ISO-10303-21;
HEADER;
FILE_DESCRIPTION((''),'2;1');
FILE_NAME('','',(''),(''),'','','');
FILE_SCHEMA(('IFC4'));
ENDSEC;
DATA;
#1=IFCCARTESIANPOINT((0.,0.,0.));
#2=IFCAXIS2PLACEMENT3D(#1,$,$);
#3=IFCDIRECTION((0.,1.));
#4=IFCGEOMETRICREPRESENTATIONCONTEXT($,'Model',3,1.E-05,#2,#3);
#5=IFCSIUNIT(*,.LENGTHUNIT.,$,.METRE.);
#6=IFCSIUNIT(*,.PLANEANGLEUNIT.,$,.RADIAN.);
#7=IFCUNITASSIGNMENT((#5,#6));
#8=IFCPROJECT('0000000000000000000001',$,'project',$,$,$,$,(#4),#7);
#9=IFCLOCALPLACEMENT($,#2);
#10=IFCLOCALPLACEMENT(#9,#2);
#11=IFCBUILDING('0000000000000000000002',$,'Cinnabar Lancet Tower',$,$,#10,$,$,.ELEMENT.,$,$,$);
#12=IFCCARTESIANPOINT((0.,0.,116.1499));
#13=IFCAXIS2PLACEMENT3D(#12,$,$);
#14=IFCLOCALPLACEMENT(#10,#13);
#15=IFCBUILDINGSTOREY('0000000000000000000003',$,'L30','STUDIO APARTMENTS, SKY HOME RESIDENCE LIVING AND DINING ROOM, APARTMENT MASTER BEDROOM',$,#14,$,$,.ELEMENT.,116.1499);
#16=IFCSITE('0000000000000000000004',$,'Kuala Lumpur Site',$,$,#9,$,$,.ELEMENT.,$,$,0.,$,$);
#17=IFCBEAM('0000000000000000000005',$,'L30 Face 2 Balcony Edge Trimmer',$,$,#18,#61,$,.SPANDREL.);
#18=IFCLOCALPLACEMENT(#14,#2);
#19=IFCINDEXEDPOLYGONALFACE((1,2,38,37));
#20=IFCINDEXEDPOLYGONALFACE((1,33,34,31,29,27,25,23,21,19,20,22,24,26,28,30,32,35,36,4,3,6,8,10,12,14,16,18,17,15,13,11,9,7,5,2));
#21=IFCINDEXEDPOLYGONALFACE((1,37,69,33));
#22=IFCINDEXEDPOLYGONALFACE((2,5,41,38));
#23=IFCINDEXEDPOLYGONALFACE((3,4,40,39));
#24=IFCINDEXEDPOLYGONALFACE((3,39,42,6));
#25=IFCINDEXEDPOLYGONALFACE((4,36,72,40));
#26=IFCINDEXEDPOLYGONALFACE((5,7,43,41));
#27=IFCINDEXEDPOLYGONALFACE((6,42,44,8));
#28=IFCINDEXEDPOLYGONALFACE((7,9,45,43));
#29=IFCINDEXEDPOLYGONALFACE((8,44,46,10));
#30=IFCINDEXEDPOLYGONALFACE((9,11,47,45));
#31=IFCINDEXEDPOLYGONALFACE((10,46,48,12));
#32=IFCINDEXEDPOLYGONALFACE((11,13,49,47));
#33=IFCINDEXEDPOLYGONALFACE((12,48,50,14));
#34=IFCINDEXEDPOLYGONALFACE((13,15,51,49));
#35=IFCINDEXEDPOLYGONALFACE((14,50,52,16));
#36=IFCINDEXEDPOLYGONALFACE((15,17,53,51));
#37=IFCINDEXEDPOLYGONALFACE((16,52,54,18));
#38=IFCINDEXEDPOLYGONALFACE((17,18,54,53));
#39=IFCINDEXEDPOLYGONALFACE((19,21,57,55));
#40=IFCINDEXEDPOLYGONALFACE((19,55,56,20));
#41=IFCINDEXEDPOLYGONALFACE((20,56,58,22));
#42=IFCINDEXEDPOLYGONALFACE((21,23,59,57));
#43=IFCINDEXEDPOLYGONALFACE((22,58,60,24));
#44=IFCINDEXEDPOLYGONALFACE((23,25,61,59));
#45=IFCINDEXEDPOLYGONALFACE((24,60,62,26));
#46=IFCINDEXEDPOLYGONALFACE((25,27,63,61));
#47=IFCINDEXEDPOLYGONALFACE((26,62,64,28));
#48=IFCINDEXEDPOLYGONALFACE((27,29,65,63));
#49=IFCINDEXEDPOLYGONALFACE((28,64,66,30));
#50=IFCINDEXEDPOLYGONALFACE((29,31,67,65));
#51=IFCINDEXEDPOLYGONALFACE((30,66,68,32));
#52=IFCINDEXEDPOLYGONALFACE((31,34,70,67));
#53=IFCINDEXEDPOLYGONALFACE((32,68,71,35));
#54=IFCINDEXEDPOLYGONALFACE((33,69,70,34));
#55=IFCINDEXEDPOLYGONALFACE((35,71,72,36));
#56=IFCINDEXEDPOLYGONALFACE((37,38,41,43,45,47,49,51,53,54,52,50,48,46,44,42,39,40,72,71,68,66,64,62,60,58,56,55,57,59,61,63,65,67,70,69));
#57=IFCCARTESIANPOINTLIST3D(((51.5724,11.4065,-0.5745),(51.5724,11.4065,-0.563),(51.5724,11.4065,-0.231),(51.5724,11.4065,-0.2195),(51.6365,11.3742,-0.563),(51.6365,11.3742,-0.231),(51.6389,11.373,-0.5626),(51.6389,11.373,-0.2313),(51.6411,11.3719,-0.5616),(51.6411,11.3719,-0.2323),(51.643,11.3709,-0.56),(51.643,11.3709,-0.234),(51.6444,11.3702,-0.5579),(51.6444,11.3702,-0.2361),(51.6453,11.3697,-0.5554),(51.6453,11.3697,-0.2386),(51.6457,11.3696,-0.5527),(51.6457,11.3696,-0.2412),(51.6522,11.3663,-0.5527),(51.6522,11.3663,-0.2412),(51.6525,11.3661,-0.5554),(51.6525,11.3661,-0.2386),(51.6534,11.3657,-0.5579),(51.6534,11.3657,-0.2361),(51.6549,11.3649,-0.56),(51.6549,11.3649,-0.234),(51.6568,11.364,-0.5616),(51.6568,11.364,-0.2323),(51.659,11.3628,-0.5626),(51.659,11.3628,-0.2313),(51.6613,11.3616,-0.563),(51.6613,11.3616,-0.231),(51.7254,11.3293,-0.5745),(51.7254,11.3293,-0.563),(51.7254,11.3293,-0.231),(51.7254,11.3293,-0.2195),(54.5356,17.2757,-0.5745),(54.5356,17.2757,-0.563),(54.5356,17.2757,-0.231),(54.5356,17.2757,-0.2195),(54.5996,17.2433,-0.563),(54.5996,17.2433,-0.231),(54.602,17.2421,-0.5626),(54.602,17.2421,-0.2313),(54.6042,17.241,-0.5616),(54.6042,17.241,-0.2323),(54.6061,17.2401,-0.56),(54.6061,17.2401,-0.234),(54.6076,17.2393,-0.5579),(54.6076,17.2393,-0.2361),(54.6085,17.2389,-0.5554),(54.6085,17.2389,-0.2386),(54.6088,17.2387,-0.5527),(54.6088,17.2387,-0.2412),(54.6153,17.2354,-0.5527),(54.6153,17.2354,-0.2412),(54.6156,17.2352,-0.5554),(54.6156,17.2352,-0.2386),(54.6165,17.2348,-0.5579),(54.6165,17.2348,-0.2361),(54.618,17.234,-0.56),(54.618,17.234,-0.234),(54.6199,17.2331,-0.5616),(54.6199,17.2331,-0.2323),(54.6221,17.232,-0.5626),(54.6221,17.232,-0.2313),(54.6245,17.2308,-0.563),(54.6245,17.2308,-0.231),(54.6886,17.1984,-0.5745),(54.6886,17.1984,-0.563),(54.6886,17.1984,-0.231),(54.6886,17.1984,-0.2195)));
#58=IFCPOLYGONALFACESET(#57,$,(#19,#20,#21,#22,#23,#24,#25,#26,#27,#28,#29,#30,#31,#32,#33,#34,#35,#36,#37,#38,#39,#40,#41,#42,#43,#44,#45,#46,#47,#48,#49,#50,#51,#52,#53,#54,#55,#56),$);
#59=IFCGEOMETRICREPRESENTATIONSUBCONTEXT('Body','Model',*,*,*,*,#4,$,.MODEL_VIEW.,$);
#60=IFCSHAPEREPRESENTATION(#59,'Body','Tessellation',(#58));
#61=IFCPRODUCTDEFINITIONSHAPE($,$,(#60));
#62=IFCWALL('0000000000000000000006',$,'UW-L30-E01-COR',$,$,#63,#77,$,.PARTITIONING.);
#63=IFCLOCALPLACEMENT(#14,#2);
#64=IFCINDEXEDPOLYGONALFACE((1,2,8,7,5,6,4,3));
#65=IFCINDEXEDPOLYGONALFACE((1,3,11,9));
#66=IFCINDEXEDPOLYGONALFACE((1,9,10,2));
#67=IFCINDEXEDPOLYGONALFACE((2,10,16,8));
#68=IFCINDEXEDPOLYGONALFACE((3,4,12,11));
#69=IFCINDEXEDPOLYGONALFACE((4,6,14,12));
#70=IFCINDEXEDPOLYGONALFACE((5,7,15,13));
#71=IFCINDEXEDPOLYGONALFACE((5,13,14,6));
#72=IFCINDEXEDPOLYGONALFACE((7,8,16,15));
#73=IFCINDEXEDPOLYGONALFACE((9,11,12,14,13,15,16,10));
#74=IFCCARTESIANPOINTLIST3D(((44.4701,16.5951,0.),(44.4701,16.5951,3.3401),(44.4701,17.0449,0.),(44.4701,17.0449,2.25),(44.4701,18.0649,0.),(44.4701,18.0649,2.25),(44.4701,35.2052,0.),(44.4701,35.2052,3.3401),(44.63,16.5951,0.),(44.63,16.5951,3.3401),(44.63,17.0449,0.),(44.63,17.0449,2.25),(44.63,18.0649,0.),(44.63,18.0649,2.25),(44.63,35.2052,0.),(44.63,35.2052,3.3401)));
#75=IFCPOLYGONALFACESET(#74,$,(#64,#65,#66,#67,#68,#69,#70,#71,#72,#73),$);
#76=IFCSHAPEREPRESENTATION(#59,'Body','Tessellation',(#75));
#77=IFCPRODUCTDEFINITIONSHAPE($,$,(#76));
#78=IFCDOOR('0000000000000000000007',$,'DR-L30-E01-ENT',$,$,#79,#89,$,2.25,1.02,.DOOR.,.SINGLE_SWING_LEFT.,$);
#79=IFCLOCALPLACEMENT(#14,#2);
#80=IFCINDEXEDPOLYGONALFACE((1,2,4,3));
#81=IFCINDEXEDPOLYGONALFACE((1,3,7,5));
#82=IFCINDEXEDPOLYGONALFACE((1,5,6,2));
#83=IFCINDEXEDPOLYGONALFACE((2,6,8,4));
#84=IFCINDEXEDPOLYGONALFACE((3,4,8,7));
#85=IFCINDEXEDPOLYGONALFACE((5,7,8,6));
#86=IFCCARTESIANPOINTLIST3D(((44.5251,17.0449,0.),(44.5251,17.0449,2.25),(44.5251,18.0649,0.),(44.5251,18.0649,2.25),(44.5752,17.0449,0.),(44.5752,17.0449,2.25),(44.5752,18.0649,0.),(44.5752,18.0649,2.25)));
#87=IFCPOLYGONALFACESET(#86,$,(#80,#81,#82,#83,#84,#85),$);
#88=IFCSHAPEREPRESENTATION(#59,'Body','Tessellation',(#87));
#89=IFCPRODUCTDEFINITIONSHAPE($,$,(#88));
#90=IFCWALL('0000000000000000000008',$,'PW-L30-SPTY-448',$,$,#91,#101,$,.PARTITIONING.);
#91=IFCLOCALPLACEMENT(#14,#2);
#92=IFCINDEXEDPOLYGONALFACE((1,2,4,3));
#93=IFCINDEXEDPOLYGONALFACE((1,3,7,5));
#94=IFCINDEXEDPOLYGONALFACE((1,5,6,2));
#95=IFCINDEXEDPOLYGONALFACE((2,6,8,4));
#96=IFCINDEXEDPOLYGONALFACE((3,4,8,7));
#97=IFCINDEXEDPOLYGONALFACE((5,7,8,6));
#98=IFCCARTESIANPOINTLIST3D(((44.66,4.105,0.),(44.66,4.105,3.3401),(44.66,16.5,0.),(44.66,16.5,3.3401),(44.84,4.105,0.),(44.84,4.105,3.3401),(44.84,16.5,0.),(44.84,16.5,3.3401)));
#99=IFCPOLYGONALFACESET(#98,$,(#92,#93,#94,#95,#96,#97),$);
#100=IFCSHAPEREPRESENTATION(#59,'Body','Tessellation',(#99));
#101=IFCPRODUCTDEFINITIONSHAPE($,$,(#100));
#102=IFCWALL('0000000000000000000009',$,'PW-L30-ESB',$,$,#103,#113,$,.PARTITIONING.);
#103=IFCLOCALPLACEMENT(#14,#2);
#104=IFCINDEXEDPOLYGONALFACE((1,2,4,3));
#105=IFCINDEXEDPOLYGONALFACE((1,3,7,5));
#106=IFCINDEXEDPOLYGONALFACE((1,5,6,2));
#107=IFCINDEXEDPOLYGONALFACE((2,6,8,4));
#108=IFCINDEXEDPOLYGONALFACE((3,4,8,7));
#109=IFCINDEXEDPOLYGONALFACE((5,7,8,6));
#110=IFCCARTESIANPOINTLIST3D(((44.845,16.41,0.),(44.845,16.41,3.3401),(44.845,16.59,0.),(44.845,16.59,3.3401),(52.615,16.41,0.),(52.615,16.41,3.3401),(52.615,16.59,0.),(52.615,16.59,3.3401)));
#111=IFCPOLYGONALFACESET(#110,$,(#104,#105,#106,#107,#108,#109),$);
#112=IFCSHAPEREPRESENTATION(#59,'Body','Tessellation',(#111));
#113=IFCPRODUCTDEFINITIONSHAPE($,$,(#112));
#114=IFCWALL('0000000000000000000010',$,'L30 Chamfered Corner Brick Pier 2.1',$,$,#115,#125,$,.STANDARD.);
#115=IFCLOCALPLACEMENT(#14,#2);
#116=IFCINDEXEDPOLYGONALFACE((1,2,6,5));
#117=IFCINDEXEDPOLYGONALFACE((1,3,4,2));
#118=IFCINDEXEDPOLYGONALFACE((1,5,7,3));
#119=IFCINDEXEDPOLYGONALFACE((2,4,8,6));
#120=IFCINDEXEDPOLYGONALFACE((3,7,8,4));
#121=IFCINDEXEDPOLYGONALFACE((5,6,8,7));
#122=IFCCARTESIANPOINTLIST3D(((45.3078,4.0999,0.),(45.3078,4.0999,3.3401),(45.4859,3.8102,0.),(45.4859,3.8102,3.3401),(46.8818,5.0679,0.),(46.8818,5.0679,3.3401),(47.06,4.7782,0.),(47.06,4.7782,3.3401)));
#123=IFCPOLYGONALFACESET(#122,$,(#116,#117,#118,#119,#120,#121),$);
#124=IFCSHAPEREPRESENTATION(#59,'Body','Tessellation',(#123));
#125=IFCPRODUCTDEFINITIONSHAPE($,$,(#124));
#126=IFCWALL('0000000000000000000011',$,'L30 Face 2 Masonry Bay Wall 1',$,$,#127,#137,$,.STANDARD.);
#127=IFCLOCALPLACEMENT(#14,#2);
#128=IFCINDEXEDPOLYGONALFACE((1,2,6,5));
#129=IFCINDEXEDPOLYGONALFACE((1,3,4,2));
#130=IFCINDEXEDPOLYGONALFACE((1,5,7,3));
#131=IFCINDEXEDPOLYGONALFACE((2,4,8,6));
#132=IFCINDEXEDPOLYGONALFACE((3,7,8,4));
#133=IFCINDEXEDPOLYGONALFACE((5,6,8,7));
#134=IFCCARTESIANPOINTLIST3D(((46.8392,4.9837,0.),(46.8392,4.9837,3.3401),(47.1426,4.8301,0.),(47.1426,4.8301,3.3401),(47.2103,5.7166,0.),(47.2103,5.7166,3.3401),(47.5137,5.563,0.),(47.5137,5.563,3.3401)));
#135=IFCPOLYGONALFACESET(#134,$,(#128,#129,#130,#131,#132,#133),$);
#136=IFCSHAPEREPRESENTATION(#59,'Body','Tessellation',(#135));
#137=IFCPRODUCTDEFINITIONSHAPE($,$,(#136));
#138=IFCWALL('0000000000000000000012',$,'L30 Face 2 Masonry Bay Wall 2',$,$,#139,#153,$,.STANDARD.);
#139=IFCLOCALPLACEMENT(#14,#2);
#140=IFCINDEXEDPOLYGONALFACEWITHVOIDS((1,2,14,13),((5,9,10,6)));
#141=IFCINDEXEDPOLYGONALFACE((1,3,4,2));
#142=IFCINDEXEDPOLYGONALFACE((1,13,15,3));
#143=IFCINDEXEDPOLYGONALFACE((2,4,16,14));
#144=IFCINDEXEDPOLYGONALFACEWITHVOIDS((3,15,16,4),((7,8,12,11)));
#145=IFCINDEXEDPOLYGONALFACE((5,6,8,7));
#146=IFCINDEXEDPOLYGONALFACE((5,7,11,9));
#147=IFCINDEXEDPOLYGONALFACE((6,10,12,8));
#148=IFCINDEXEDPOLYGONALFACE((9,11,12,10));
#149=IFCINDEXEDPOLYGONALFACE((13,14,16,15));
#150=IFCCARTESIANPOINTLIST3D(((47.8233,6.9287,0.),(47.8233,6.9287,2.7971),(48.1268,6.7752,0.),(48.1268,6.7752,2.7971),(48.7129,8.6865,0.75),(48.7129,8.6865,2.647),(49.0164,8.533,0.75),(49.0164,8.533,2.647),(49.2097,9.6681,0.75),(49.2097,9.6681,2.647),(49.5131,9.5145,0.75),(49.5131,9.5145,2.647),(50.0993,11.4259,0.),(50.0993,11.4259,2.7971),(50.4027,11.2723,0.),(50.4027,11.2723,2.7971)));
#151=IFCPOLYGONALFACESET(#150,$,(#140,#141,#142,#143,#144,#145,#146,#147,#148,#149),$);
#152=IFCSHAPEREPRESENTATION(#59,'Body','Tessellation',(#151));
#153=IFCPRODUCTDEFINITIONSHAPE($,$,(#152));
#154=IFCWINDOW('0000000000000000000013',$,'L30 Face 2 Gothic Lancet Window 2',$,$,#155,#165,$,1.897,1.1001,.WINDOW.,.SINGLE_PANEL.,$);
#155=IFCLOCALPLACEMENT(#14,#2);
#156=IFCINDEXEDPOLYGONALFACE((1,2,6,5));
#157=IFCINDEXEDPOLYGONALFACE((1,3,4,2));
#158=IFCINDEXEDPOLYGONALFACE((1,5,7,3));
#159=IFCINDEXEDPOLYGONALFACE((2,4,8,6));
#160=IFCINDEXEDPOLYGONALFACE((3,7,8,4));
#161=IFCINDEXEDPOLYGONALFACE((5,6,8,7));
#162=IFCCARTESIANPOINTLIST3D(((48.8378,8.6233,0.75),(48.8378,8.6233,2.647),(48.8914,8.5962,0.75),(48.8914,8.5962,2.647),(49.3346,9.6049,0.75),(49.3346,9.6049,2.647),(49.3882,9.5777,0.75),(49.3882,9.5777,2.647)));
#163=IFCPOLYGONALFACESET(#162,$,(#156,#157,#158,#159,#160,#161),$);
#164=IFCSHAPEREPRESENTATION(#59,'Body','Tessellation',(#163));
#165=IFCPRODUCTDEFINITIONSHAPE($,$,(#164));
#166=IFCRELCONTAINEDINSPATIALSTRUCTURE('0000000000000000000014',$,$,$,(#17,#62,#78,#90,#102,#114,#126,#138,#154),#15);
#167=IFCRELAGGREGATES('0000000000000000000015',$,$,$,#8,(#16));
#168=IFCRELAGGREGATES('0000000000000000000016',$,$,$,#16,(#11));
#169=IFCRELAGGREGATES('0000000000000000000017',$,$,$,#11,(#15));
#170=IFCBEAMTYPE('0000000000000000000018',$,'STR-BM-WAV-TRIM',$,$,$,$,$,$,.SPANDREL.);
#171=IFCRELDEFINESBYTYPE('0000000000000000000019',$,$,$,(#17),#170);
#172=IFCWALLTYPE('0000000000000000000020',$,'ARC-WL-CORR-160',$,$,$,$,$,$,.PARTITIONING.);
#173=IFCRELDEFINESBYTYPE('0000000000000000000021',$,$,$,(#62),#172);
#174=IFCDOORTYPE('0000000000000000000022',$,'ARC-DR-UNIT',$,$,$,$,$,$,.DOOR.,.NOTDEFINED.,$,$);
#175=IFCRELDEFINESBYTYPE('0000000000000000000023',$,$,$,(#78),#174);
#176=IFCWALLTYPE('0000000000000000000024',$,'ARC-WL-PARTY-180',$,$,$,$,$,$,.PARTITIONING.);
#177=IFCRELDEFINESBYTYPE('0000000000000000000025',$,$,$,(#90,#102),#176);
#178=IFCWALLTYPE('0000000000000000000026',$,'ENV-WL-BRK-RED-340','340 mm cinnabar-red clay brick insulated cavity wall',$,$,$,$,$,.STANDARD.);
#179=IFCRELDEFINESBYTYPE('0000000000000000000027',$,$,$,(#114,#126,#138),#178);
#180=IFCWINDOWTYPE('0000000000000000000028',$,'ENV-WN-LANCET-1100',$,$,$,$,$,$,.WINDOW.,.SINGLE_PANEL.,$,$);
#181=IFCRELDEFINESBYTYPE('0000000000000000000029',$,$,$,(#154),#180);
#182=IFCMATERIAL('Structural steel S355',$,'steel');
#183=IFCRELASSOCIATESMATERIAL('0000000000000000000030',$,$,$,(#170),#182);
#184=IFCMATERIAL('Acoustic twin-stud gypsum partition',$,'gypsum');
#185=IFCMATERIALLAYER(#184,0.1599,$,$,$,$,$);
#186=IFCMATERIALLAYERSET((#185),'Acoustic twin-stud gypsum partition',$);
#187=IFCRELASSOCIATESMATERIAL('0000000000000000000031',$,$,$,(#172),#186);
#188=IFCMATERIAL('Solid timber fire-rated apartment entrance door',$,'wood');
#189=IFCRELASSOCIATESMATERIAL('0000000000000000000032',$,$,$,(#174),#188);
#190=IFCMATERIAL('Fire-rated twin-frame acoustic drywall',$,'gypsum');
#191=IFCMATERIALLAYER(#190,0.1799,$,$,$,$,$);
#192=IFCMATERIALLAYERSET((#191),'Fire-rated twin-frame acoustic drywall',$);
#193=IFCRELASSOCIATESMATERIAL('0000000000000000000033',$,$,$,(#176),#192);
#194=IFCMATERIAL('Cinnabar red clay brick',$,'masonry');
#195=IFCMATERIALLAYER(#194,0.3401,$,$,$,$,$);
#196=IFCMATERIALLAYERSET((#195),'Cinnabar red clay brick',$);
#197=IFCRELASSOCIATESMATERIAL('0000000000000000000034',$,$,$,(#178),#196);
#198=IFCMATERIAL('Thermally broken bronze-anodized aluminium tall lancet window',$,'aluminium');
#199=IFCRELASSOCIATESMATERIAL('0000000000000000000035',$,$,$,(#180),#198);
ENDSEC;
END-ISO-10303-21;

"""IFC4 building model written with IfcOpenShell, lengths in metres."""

from ifc_helpers import new_model, si_unit, direction, frame, frame_2d, origin, origin_2d, place, context, subcontext, project, spatial, rectangle, i_section, extrude, material, layer, layer_set, material_profile, profile_set, type_object, element, fill, save


model = new_model("IFC4")

# Units and contexts
model_context = context("Model", 3, precision=1e-05, world=origin(), true_north=direction((0.0, 1.0)))
body_context = subcontext(model_context, "Body", "Model", "MODEL_VIEW")
ifc_project = project(units=[si_unit("LENGTHUNIT", "METRE"), si_unit("PLANEANGLEUNIT", "RADIAN")], contexts=[model_context])

# Site, building, storey
site_placement = place(None, origin())
site = spatial("IfcSite", under=ifc_project, at=site_placement, Name="Kuala Lumpur Site", CompositionType="ELEMENT", RefElevation=0.0)
building_placement = place(site_placement, origin())
building = spatial("IfcBuilding", under=site, at=building_placement, Name="Cinnabar Lancet Tower", CompositionType="ELEMENT")
storey_placement = place(building_placement, frame((0.0, 0.0, 116.1499)))
storey = spatial("IfcBuildingStorey", under=building, at=storey_placement, Name="L30", Description="STUDIO APARTMENTS, SKY HOME RESIDENCE LIVING AND DINING ROOM, APARTMENT MASTER BEDROOM", CompositionType="ELEMENT", Elevation=116.1499)

# Beam
ifc_material_1 = material(Name="Structural steel S355", Category="steel")
ifc_material_profile_1 = material_profile(ifc_material_1, i_section(OverallWidth=0.1714, OverallDepth=0.355, WebThickness=0.0073, FlangeThickness=0.0115, FilletRadius=0.0103, at=origin_2d()), Name="UKB 356x171x51")
ifc_profile_set_1 = profile_set([ifc_material_profile_1], Name="Structural steel S355")
beam_type_1 = type_object("IfcBeamType", Name="STR-BM-WAV-TRIM", PredefinedType="SPANDREL", material=ifc_profile_set_1)
beam_1_placement = place(storey_placement, frame((51.6489, 11.3679, -0.397), z_axis=(0.450686, 0.892683, 0.0), x_axis=(-0.892683, 0.450686, 0.0)))
element("IfcBeam", 1, at=beam_1_placement, inside=storey, type_object=beam_type_1, Name="L30 Face 2 Balcony Edge Trimmer", PredefinedType="SPANDREL", context=body_context, shape_type="SweptSolid", body=[
    extrude(i_section(OverallWidth=0.1714, OverallDepth=0.355, WebThickness=0.0073, FlangeThickness=0.0115, FilletRadius=0.0103, at=origin_2d()), origin(), (0.0, 0.0, 1.0), 6.5747),
])

# Wall, opening, door
ifc_material_2 = material(Name="Acoustic twin-stud gypsum partition", Category="gypsum")
ifc_layer_1 = layer(ifc_material_2, 0.1599)
ifc_layer_set_1 = layer_set([ifc_layer_1], Name="Acoustic twin-stud gypsum partition")
wall_type_1 = type_object("IfcWallType", Name="ARC-WL-CORR-160", PredefinedType="PARTITIONING", material=ifc_layer_set_1)
wall_1_placement = place(storey_placement, frame((44.55, 16.595, 0.0), z_axis=(0.0, 0.0, 1.0), x_axis=(0.0, 1.0, 0.0)))
wall_1 = element("IfcWall", 2, at=wall_1_placement, inside=storey, type_object=wall_type_1, Name="UW-L30-E01-COR", PredefinedType="PARTITIONING", context=body_context, shape_type="SweptSolid", body=[
    extrude(rectangle(XDim=18.6101, YDim=0.1599, at=frame_2d((9.3052, 0.0))), origin(), (0.0, 0.0, 1.0), 3.3401),
])
opening_1_placement = place(wall_1_placement, frame((0.45, 0.0, 0.0)))
opening_1 = element("IfcOpeningElement", 3, at=opening_1_placement, cuts=wall_1, PredefinedType="OPENING", context=body_context, shape_type="SweptSolid", body=[
    extrude(rectangle(XDim=1.02, YDim=2.25, at=frame_2d((0.51, 1.125))), frame((0.0, 0.0898, 0.0), z_axis=(0.0, -1.0, 0.0), x_axis=(1.0, 0.0, 0.0)), (0.0, 0.0, 1.0), 0.1799),
])
ifc_material_3 = material(Name="Solid timber fire-rated apartment entrance door", Category="wood")
door_type_1 = type_object("IfcDoorType", Name="ARC-DR-UNIT", OperationType="NOTDEFINED", PredefinedType="DOOR", material=ifc_material_3)
door_1_placement = place(opening_1_placement, origin())
door_1 = element("IfcDoor", 4, at=door_1_placement, inside=storey, type_object=door_type_1, Name="DR-L30-E01-ENT", OperationType="SINGLE_SWING_LEFT", OverallHeight=2.25, OverallWidth=1.02, PredefinedType="DOOR", context=body_context, shape_type="SweptSolid", body=[
    extrude(rectangle(XDim=1.02, YDim=2.25, at=frame_2d((0.51, 1.125))), frame((0.0, 0.0249, 0.0), z_axis=(0.0, -1.0, 0.0), x_axis=(1.0, 0.0, 0.0)), (0.0, 0.0, 1.0), 0.05),
])
fill(opening_1, door_1)

# Walls
ifc_material_4 = material(Name="Fire-rated twin-frame acoustic drywall", Category="gypsum")
ifc_layer_2 = layer(ifc_material_4, 0.1799)
ifc_layer_set_2 = layer_set([ifc_layer_2], Name="Fire-rated twin-frame acoustic drywall")
wall_type_2 = type_object("IfcWallType", Name="ARC-WL-PARTY-180", PredefinedType="PARTITIONING", material=ifc_layer_set_2)
wall_2_placement = place(storey_placement, frame((44.75, 4.105, 0.0), z_axis=(0.0, 0.0, 1.0), x_axis=(0.0, 1.0, 0.0)))
element("IfcWall", 5, at=wall_2_placement, inside=storey, type_object=wall_type_2, Name="PW-L30-SPTY-448", PredefinedType="PARTITIONING", context=body_context, shape_type="SweptSolid", body=[
    extrude(rectangle(XDim=12.395, YDim=0.1799, at=frame_2d((6.1975, 0.0))), origin(), (0.0, 0.0, 1.0), 3.3401),
])
wall_3_placement = place(storey_placement, frame((44.845, 16.5, 0.0), z_axis=(0.0, 0.0, 1.0), x_axis=(1.0, 0.0, 0.0)))
element("IfcWall", 6, at=wall_3_placement, inside=storey, type_object=wall_type_2, Name="PW-L30-ESB", PredefinedType="PARTITIONING", context=body_context, shape_type="SweptSolid", body=[
    extrude(rectangle(XDim=7.77, YDim=0.1799, at=frame_2d((3.885, 0.0))), origin(), (0.0, 0.0, 1.0), 3.3401),
])
ifc_material_5 = material(Name="Cinnabar red clay brick", Category="masonry")
ifc_layer_3 = layer(ifc_material_5, 0.3401)
ifc_layer_set_3 = layer_set([ifc_layer_3], Name="Cinnabar red clay brick")
wall_type_3 = type_object("IfcWallType", Name="ENV-WL-BRK-RED-340", Description="340 mm cinnabar-red clay brick insulated cavity wall", PredefinedType="STANDARD", material=ifc_layer_set_3)
wall_4_placement = place(storey_placement, frame((45.397, 3.9551, 0.0), z_axis=(0.0, 0.0, 1.0), x_axis=(0.851799, 0.523869, 0.0)))
element("IfcWall", 7, at=wall_4_placement, inside=storey, type_object=wall_type_3, Name="L30 Chamfered Corner Brick Pier 2.1", PredefinedType="STANDARD", context=body_context, shape_type="SweptSolid", body=[
    extrude(rectangle(XDim=1.8479, YDim=0.3401, at=frame_2d((0.9238, 0.0))), origin(), (0.0, 0.0, 1.0), 3.3401),
])
wall_5_placement = place(storey_placement, frame((46.991, 4.907, 0.0), z_axis=(0.0, 0.0, 1.0), x_axis=(0.451725, 0.892157, 0.0)))
element("IfcWall", 8, at=wall_5_placement, inside=storey, type_object=wall_type_3, Name="L30 Face 2 Masonry Bay Wall 1", PredefinedType="STANDARD", context=body_context, shape_type="SweptSolid", body=[
    extrude(rectangle(XDim=0.8215, YDim=0.3401, at=frame_2d((0.4106, 0.0))), origin(), (0.0, 0.0, 1.0), 3.3401),
])

# Wall, opening, window
wall_6_placement = place(storey_placement, frame((47.9751, 6.8521, 0.0), z_axis=(0.0, 0.0, 1.0), x_axis=(0.451548, 0.892247, 0.0)))
wall_6 = element("IfcWall", 9, at=wall_6_placement, inside=storey, type_object=wall_type_3, Name="L30 Face 2 Masonry Bay Wall 2", PredefinedType="STANDARD", context=body_context, shape_type="SweptSolid", body=[
    extrude(rectangle(XDim=5.0403, YDim=0.3401, at=frame_2d((2.52, 0.0))), origin(), (0.0, 0.0, 1.0), 2.7971),
])
opening_2_placement = place(wall_6_placement, frame((1.97, 0.0, 0.75)))
opening_2 = element("IfcOpeningElement", 10, at=opening_2_placement, cuts=wall_6, PredefinedType="OPENING", context=body_context, shape_type="SweptSolid", body=[
    extrude(rectangle(XDim=1.1001, YDim=1.897, at=frame_2d((0.55, 0.9485))), frame((0.0, 0.1799, 0.0), z_axis=(0.0, -1.0, 0.0), x_axis=(1.0, 0.0, 0.0)), (0.0, 0.0, 1.0), 0.3601),
])
ifc_material_6 = material(Name="Thermally broken bronze-anodized aluminium tall lancet window", Category="aluminium")
window_type = type_object("IfcWindowType", Name="ENV-WN-LANCET-1100", PartitioningType="SINGLE_PANEL", PredefinedType="WINDOW", material=ifc_material_6)
window_placement = place(opening_2_placement, origin())
window = element("IfcWindow", 11, at=window_placement, inside=storey, type_object=window_type, Name="L30 Face 2 Gothic Lancet Window 2", OverallHeight=1.897, OverallWidth=1.1001, PartitioningType="SINGLE_PANEL", PredefinedType="WINDOW", context=body_context, shape_type="SweptSolid", body=[
    extrude(rectangle(XDim=1.1001, YDim=1.897, at=frame_2d((0.55, 0.9485))), frame((0.0, 0.03, 0.0), z_axis=(0.0, -1.0, 0.0), x_axis=(1.0, 0.0, 0.0)), (0.0, 0.0, 1.0), 0.0601),
])
fill(opening_2, window)

save(model, "model.ifc")
